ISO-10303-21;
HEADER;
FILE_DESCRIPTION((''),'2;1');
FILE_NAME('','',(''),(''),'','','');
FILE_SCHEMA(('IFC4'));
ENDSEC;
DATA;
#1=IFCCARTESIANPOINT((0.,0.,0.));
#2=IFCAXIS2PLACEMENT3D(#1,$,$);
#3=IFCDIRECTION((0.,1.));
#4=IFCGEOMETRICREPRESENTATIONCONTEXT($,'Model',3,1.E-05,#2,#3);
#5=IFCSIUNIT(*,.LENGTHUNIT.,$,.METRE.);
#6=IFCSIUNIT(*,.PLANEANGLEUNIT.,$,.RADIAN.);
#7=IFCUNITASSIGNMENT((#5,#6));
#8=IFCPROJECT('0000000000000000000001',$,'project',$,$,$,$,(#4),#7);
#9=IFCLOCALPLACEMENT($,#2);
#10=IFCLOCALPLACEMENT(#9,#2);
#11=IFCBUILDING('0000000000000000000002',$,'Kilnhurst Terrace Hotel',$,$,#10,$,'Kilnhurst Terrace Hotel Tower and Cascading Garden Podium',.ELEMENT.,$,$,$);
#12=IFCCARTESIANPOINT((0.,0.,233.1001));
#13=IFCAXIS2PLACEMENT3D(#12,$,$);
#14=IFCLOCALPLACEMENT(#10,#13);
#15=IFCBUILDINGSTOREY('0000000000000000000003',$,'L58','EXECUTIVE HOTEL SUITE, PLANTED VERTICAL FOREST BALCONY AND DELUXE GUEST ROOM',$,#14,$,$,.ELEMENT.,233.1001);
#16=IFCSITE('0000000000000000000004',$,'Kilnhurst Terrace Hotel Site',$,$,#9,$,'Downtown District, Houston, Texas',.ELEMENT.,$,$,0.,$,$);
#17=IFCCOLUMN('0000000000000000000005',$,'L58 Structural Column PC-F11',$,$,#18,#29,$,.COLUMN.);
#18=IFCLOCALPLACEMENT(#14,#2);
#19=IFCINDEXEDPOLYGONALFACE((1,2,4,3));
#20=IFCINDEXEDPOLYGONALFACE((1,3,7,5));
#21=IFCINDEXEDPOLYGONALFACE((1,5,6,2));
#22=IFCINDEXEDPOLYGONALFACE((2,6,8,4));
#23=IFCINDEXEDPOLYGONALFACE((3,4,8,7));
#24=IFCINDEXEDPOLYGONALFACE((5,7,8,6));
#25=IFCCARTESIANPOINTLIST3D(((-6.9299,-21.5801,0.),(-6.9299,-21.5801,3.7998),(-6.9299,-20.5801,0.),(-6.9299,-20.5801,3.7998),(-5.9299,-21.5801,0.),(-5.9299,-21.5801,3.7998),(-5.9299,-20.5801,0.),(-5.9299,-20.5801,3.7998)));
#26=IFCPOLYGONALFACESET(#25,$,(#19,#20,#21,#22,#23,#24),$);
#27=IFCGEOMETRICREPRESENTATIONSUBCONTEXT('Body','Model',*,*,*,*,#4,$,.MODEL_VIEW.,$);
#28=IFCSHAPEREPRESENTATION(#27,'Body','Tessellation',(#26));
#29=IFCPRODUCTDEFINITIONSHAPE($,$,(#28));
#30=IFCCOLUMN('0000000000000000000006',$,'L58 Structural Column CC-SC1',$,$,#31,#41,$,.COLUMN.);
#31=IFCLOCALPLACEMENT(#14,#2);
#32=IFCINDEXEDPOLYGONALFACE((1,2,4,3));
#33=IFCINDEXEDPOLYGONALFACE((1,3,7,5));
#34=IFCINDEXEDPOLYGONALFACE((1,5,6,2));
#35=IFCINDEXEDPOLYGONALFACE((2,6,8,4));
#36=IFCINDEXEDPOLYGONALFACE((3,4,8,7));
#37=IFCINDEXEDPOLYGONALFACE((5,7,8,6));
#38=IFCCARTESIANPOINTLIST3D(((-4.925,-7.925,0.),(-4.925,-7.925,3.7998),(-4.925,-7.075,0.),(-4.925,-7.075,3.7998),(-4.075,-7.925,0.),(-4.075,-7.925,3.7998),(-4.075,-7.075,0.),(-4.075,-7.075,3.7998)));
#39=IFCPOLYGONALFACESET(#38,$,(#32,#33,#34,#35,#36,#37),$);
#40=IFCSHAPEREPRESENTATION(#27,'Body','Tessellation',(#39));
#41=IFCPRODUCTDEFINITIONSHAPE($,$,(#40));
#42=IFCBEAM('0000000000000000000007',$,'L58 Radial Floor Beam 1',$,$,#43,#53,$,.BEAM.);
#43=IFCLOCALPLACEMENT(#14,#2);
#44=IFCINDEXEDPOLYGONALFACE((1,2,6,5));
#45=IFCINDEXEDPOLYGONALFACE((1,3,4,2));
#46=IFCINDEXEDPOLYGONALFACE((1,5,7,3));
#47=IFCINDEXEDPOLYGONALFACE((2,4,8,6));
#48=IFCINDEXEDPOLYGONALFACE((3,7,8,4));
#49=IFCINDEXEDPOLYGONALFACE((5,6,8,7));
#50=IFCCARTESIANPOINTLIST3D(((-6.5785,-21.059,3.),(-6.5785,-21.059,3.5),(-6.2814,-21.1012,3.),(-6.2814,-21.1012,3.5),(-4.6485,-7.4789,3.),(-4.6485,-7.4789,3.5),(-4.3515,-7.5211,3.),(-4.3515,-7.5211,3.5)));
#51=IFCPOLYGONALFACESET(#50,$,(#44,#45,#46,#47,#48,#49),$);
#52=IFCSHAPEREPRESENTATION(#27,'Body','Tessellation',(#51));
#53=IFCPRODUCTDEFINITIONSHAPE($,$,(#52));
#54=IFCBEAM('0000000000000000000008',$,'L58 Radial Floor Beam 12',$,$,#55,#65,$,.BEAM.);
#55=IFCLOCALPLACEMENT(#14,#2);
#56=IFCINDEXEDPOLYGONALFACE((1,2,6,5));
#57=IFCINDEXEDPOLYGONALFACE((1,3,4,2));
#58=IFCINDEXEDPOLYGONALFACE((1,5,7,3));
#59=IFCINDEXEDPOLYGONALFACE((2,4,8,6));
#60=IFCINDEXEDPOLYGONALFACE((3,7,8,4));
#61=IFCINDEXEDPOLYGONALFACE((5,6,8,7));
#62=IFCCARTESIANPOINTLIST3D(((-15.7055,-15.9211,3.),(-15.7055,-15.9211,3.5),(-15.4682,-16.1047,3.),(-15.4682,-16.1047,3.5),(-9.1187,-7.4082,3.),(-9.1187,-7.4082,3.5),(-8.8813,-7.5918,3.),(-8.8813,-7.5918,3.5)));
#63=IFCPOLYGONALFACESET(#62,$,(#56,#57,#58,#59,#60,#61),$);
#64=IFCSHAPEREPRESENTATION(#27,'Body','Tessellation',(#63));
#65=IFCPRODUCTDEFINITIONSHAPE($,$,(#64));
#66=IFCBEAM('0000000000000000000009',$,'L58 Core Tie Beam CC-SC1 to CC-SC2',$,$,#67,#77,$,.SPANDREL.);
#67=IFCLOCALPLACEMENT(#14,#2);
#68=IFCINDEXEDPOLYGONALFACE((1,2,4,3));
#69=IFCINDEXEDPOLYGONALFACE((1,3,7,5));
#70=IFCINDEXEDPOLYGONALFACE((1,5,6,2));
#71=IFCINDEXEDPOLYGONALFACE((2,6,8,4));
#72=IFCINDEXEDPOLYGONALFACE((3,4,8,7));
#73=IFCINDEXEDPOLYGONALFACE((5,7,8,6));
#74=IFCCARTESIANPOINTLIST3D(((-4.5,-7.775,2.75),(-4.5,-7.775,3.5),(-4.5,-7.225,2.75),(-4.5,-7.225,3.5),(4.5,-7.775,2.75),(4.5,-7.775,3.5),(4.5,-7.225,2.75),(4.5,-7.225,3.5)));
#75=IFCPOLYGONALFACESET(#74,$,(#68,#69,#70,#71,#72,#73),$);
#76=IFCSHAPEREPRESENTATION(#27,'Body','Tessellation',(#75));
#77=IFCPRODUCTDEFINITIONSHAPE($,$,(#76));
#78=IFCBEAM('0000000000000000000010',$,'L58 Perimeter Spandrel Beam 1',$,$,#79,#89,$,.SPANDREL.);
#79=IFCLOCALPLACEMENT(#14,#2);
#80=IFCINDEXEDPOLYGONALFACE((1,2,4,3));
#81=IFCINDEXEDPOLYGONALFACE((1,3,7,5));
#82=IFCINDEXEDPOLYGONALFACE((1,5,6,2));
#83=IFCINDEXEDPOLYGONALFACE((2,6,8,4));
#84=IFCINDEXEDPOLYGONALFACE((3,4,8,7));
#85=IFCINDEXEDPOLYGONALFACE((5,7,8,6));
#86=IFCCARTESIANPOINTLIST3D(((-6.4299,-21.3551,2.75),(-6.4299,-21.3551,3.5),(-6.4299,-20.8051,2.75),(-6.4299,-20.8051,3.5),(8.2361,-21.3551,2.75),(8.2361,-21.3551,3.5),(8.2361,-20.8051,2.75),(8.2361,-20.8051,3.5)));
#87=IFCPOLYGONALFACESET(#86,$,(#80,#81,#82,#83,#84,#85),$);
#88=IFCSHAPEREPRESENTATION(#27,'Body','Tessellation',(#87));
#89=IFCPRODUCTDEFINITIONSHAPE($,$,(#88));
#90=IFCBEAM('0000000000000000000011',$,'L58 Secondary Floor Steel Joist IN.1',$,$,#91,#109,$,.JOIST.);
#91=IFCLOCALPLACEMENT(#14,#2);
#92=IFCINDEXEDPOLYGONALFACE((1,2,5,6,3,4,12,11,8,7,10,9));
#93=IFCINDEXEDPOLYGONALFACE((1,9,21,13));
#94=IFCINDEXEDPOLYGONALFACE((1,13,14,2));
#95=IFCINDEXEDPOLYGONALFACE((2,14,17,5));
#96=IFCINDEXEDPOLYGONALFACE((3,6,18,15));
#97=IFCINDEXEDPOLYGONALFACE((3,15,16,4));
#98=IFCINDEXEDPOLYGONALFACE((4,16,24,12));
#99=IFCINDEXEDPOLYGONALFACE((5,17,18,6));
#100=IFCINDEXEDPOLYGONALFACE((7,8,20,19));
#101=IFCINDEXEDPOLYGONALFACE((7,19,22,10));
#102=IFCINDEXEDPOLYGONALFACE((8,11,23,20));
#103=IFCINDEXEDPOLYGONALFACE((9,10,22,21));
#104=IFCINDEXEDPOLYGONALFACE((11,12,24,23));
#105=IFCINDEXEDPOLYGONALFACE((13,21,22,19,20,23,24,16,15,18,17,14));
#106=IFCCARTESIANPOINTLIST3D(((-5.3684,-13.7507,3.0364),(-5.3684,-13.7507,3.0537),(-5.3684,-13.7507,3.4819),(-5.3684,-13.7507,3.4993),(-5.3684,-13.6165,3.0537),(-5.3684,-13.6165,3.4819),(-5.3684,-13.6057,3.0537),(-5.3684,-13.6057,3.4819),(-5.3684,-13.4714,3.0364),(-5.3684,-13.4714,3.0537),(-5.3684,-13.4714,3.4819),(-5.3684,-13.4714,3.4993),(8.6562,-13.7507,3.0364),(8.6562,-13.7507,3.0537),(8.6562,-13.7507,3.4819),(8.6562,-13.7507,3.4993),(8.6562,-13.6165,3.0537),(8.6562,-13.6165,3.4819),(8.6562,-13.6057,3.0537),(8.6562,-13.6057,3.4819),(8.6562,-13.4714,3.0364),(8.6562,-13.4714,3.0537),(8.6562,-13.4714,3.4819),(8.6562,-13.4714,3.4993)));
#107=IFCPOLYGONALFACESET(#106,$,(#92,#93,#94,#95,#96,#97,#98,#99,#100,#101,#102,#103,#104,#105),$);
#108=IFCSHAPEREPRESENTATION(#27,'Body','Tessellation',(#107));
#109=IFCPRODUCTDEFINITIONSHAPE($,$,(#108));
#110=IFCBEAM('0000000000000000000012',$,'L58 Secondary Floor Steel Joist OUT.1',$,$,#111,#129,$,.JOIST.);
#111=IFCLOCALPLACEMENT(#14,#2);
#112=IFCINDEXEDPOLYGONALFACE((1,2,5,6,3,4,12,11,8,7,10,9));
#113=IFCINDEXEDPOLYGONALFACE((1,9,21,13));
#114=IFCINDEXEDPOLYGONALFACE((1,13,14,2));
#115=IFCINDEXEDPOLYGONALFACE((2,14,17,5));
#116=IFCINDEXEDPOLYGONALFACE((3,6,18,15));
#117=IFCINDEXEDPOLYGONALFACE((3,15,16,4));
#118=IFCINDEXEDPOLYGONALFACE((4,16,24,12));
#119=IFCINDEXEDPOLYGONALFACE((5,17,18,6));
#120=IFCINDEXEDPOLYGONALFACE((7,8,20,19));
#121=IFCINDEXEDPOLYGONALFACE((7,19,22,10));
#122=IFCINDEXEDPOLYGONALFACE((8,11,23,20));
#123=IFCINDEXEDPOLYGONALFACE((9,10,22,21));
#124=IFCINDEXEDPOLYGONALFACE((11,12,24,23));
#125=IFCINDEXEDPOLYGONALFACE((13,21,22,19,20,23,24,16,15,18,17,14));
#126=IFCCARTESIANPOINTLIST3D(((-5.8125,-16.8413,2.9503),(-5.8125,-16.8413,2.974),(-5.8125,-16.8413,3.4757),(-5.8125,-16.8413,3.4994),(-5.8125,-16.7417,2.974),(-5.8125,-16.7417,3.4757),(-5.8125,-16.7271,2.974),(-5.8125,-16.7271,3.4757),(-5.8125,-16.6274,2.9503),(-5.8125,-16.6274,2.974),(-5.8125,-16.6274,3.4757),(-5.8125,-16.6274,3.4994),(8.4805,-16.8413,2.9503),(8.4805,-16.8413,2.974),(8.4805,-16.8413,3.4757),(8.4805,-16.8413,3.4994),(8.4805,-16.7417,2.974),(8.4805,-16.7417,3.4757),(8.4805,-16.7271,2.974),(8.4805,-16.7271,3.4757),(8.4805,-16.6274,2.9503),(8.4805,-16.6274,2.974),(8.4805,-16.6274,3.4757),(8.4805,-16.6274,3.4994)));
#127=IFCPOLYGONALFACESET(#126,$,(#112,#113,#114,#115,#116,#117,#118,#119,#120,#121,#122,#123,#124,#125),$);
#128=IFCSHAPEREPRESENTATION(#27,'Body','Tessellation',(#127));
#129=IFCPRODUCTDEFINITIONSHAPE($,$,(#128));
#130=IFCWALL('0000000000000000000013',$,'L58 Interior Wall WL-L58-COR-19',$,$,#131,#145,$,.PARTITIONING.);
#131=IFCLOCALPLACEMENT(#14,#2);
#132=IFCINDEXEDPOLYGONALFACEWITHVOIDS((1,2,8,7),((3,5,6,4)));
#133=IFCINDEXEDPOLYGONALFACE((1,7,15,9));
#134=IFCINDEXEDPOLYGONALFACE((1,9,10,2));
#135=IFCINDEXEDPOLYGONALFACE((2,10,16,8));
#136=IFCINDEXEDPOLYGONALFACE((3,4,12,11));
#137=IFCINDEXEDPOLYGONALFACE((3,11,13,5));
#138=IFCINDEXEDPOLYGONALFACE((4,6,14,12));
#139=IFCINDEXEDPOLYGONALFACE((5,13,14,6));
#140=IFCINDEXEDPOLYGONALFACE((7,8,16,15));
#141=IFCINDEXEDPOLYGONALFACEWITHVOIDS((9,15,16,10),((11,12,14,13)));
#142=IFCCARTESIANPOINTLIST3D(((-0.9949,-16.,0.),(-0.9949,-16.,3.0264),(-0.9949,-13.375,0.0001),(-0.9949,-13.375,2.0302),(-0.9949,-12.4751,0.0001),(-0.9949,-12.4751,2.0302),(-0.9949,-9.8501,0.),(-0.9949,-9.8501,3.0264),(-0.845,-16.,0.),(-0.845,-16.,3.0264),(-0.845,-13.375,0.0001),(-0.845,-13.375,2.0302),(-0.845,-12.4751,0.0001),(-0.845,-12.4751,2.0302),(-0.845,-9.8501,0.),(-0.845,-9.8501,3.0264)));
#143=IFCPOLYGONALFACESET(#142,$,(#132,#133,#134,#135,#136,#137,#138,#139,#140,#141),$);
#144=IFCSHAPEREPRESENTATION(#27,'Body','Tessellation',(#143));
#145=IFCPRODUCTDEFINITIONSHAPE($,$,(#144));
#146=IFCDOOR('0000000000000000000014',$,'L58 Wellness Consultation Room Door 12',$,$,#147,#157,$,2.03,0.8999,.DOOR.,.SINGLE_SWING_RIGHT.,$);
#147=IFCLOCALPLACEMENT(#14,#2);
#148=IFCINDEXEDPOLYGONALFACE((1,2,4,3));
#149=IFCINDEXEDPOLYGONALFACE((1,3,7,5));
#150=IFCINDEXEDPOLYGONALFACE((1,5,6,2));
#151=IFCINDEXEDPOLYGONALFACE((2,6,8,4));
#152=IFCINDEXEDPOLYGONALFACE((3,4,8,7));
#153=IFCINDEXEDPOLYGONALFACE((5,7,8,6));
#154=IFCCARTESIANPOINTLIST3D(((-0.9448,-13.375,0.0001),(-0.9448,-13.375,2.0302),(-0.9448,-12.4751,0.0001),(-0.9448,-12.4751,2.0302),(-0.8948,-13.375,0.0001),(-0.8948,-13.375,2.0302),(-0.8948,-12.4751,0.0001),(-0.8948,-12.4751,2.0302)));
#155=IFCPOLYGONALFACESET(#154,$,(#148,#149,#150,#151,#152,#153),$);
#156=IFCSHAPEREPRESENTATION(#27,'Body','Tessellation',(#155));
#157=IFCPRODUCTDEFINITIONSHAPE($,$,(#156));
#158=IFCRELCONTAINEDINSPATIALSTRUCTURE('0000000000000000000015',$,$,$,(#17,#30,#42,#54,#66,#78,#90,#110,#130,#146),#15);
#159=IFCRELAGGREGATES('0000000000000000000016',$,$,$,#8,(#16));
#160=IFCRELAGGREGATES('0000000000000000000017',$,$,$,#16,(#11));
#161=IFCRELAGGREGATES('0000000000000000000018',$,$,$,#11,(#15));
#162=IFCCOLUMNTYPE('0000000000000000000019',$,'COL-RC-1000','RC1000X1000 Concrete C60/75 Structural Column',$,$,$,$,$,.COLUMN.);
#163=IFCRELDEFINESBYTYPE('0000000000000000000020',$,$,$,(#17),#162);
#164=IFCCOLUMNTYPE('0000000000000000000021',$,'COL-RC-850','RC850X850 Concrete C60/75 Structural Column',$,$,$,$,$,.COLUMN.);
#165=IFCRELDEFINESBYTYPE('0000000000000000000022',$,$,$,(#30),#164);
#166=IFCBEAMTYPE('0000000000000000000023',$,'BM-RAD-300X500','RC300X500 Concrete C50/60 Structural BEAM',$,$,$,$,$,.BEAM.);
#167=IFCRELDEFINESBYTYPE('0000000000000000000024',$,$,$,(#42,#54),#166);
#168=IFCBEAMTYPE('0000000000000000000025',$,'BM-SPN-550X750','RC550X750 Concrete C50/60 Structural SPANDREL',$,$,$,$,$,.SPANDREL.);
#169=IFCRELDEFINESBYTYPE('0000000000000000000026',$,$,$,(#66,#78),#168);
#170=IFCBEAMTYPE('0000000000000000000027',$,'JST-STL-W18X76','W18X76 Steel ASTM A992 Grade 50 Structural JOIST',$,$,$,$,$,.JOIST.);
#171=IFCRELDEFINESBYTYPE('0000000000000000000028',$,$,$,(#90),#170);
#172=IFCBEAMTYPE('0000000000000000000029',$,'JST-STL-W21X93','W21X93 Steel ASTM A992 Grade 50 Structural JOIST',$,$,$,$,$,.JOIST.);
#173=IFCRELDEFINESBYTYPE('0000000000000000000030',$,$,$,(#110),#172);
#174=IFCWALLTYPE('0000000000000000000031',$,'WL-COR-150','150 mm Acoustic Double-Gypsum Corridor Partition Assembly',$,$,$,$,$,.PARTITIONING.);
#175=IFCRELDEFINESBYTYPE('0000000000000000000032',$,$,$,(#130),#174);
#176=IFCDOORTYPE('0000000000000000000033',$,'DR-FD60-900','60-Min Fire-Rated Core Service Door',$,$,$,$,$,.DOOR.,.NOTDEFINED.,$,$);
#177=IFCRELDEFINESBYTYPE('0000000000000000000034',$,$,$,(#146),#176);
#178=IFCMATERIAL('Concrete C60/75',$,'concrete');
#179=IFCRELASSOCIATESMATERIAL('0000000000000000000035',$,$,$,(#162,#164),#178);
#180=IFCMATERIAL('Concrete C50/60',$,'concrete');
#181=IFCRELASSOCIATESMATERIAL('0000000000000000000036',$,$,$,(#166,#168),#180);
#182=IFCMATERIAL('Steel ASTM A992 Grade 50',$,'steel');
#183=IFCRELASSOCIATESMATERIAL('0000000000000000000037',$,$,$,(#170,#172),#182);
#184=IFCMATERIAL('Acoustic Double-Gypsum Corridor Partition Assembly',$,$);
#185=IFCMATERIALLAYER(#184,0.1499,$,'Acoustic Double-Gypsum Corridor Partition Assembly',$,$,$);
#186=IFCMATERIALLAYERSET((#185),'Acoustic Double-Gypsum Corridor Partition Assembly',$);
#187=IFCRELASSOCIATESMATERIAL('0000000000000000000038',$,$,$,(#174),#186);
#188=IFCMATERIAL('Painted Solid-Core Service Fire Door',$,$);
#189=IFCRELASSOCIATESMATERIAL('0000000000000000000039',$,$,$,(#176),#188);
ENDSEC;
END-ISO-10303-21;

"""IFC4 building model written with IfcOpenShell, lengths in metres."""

from ifc_helpers import new_model, si_unit, direction, frame, frame_2d, origin, origin_2d, place, context, subcontext, project, spatial, rectangle, i_section, extrude, material, layer, layer_set, material_profile, profile_set, type_object, element, fill, save


model = new_model("IFC4")

# Units and contexts
model_context = context("Model", 3, precision=1e-05, world=origin(), true_north=direction((0.0, 1.0)))
body_context = subcontext(model_context, "Body", "Model", "MODEL_VIEW")
ifc_project = project(units=[si_unit("LENGTHUNIT", "METRE"), si_unit("PLANEANGLEUNIT", "RADIAN")], contexts=[model_context])

# Site, building, storey
site_placement = place(None, origin())
site = spatial("IfcSite", under=ifc_project, at=site_placement, Name="Kilnhurst Terrace Hotel Site", LongName="Downtown District, Houston, Texas", CompositionType="ELEMENT", RefElevation=0.0)
building_placement = place(site_placement, origin())
building = spatial("IfcBuilding", under=site, at=building_placement, Name="Kilnhurst Terrace Hotel", LongName="Kilnhurst Terrace Hotel Tower and Cascading Garden Podium", CompositionType="ELEMENT")
storey_placement = place(building_placement, frame((0.0, 0.0, 233.1001)))
storey = spatial("IfcBuildingStorey", under=building, at=storey_placement, Name="L58", Description="EXECUTIVE HOTEL SUITE, PLANTED VERTICAL FOREST BALCONY AND DELUXE GUEST ROOM", CompositionType="ELEMENT", Elevation=233.1001)

# Columns
ifc_material_1 = material(Name="Concrete C60/75", Category="concrete")
ifc_material_profile_1 = material_profile(ifc_material_1, rectangle(XDim=1.0, YDim=1.0, at=origin_2d()), Name="RC1000X1000")
ifc_profile_set_1 = profile_set([ifc_material_profile_1], Name="Concrete C60/75")
column_type_1 = type_object("IfcColumnType", Name="COL-RC-1000", Description="RC1000X1000 Concrete C60/75 Structural Column", PredefinedType="COLUMN", material=ifc_profile_set_1)
column_1_placement = place(storey_placement, frame((-6.4299, -21.0801, 0.0), z_axis=(0.0, 0.0, 1.0), x_axis=(1.0, 0.0, 0.0)))
element("IfcColumn", 1, at=column_1_placement, inside=storey, type_object=column_type_1, Name="L58 Structural Column PC-F11", PredefinedType="COLUMN", context=body_context, shape_type="SweptSolid", body=[
    extrude(rectangle(XDim=1.0, YDim=1.0, at=origin_2d()), origin(), (0.0, 0.0, 1.0), 3.7998),
])
ifc_material_profile_2 = material_profile(ifc_material_1, rectangle(XDim=0.8501, YDim=0.8501, at=origin_2d()), Name="RC850X850")
ifc_profile_set_2 = profile_set([ifc_material_profile_2], Name="Concrete C60/75")
column_type_2 = type_object("IfcColumnType", Name="COL-RC-850", Description="RC850X850 Concrete C60/75 Structural Column", PredefinedType="COLUMN", material=ifc_profile_set_2)
column_2_placement = place(storey_placement, frame((-4.5, -7.5, 0.0), z_axis=(0.0, 0.0, 1.0), x_axis=(1.0, 0.0, 0.0)))
element("IfcColumn", 2, at=column_2_placement, inside=storey, type_object=column_type_2, Name="L58 Structural Column CC-SC1", PredefinedType="COLUMN", context=body_context, shape_type="SweptSolid", body=[
    extrude(rectangle(XDim=0.8501, YDim=0.8501, at=origin_2d()), origin(), (0.0, 0.0, 1.0), 3.7998),
])

# Beams
ifc_material_2 = material(Name="Concrete C50/60", Category="concrete")
ifc_material_profile_3 = material_profile(ifc_material_2, rectangle(XDim=0.3, YDim=0.5, at=origin_2d()), Name="RC300X500")
ifc_profile_set_3 = profile_set([ifc_material_profile_3], Name="Concrete C50/60")
beam_type_1 = type_object("IfcBeamType", Name="BM-RAD-300X500", Description="RC300X500 Concrete C50/60 Structural BEAM", PredefinedType="BEAM", material=ifc_profile_set_3)
beam_1_placement = place(storey_placement, frame((-4.5, -7.5, 3.25), z_axis=(-0.140701, -0.990052, 0.0), x_axis=(0.990052, -0.140701, 0.0)))
element("IfcBeam", 3, at=beam_1_placement, inside=storey, type_object=beam_type_1, Name="L58 Radial Floor Beam 1", PredefinedType="BEAM", context=body_context, shape_type="SweptSolid", body=[
    extrude(rectangle(XDim=0.3, YDim=0.5, at=origin_2d()), origin(), (0.0, 0.0, 1.0), 13.7166),
])
beam_2_placement = place(storey_placement, frame((-9.0, -7.5, 3.25), z_axis=(-0.611955, -0.790892, 0.0), x_axis=(0.790892, -0.611955, 0.0)))
element("IfcBeam", 4, at=beam_2_placement, inside=storey, type_object=beam_type_1, Name="L58 Radial Floor Beam 12", PredefinedType="BEAM", context=body_context, shape_type="SweptSolid", body=[
    extrude(rectangle(XDim=0.3, YDim=0.5, at=origin_2d()), origin(), (0.0, 0.0, 1.0), 10.7637),
])
ifc_material_profile_4 = material_profile(ifc_material_2, rectangle(XDim=0.55, YDim=0.75, at=origin_2d()), Name="RC550X750")
ifc_profile_set_4 = profile_set([ifc_material_profile_4], Name="Concrete C50/60")
beam_type_2 = type_object("IfcBeamType", Name="BM-SPN-550X750", Description="RC550X750 Concrete C50/60 Structural SPANDREL", PredefinedType="SPANDREL", material=ifc_profile_set_4)
beam_3_placement = place(storey_placement, frame((-4.5, -7.5, 3.125), z_axis=(1.0, 0.0, 0.0), x_axis=(0.0, 1.0, 0.0)))
element("IfcBeam", 5, at=beam_3_placement, inside=storey, type_object=beam_type_2, Name="L58 Core Tie Beam CC-SC1 to CC-SC2", PredefinedType="SPANDREL", context=body_context, shape_type="SweptSolid", body=[
    extrude(rectangle(XDim=0.55, YDim=0.75, at=origin_2d()), origin(), (0.0, 0.0, 1.0), 9.0),
])
beam_4_placement = place(storey_placement, frame((-6.4299, -21.0801, 3.125), z_axis=(1.0, 0.0, 0.0), x_axis=(0.0, 1.0, 0.0)))
element("IfcBeam", 6, at=beam_4_placement, inside=storey, type_object=beam_type_2, Name="L58 Perimeter Spandrel Beam 1", PredefinedType="SPANDREL", context=body_context, shape_type="SweptSolid", body=[
    extrude(rectangle(XDim=0.55, YDim=0.75, at=origin_2d()), origin(), (0.0, 0.0, 1.0), 14.666),
])
ifc_material_3 = material(Name="Steel ASTM A992 Grade 50", Category="steel")
ifc_material_profile_5 = material_profile(ifc_material_3, i_section(OverallWidth=0.2793, OverallDepth=0.4629, WebThickness=0.0107, FlangeThickness=0.0173, at=origin_2d()), Name="W18X76")
ifc_profile_set_5 = profile_set([ifc_material_profile_5], Name="Steel ASTM A992 Grade 50")
beam_type_3 = type_object("IfcBeamType", Name="JST-STL-W18X76", Description="W18X76 Steel ASTM A992 Grade 50 Structural JOIST", PredefinedType="JOIST", material=ifc_profile_set_5)
beam_5_placement = place(storey_placement, frame((-5.3684, -13.6111, 3.2678), z_axis=(1.0, 0.0, 0.0), x_axis=(0.0, 1.0, 0.0)))
element("IfcBeam", 7, at=beam_5_placement, inside=storey, type_object=beam_type_3, Name="L58 Secondary Floor Steel Joist IN.1", PredefinedType="JOIST", context=body_context, shape_type="SweptSolid", body=[
    extrude(i_section(OverallWidth=0.2793, OverallDepth=0.4629, WebThickness=0.0107, FlangeThickness=0.0173, at=origin_2d()), origin(), (0.0, 0.0, 1.0), 14.0247),
])
ifc_material_profile_6 = material_profile(ifc_material_3, i_section(OverallWidth=0.2139, OverallDepth=0.5491, WebThickness=0.0146, FlangeThickness=0.0237, at=origin_2d()), Name="W21X93")
ifc_profile_set_6 = profile_set([ifc_material_profile_6], Name="Steel ASTM A992 Grade 50")
beam_type_4 = type_object("IfcBeamType", Name="JST-STL-W21X93", Description="W21X93 Steel ASTM A992 Grade 50 Structural JOIST", PredefinedType="JOIST", material=ifc_profile_set_6)
beam_6_placement = place(storey_placement, frame((-5.8125, -16.7344, 3.2249), z_axis=(1.0, 0.0, 0.0), x_axis=(0.0, 1.0, 0.0)))
element("IfcBeam", 8, at=beam_6_placement, inside=storey, type_object=beam_type_4, Name="L58 Secondary Floor Steel Joist OUT.1", PredefinedType="JOIST", context=body_context, shape_type="SweptSolid", body=[
    extrude(i_section(OverallWidth=0.2139, OverallDepth=0.5491, WebThickness=0.0146, FlangeThickness=0.0237, at=origin_2d()), origin(), (0.0, 0.0, 1.0), 14.293),
])

# Wall, opening, door
ifc_material_4 = material(Name="Acoustic Double-Gypsum Corridor Partition Assembly")
ifc_layer_1 = layer(ifc_material_4, 0.1499, Name="Acoustic Double-Gypsum Corridor Partition Assembly")
ifc_layer_set_1 = layer_set([ifc_layer_1], Name="Acoustic Double-Gypsum Corridor Partition Assembly")
wall_type_1 = type_object("IfcWallType", Name="WL-COR-150", Description="150 mm Acoustic Double-Gypsum Corridor Partition Assembly", PredefinedType="PARTITIONING", material=ifc_layer_set_1)
wall_1_placement = place(storey_placement, frame((-0.9199, -16.0, 0.0), z_axis=(0.0, 0.0, 1.0), x_axis=(0.0, 1.0, 0.0)))
wall_1 = element("IfcWall", 9, at=wall_1_placement, inside=storey, type_object=wall_type_1, Name="L58 Interior Wall WL-L58-COR-19", PredefinedType="PARTITIONING", context=body_context, shape_type="SweptSolid", body=[
    extrude(rectangle(XDim=6.1499, YDim=0.1499, at=frame_2d((3.075, 0.0))), origin(), (0.0, 0.0, 1.0), 3.0264),
])
opening_1_placement = place(wall_1_placement, frame((2.625, 0.0, 0.0)))
opening_1 = element("IfcOpeningElement", 10, at=opening_1_placement, cuts=wall_1, PredefinedType="OPENING", context=body_context, shape_type="SweptSolid", body=[
    extrude(rectangle(XDim=0.8999, YDim=2.03, at=frame_2d((0.45, 1.0151))), frame((0.0, 0.085, 0.0), z_axis=(0.0, -1.0, 0.0), x_axis=(1.0, 0.0, 0.0)), (0.0, 0.0, 1.0), 0.1699),
])
ifc_material_5 = material(Name="Painted Solid-Core Service Fire Door")
door_type_1 = type_object("IfcDoorType", Name="DR-FD60-900", Description="60-Min Fire-Rated Core Service Door", OperationType="NOTDEFINED", PredefinedType="DOOR", material=ifc_material_5)
door_1_placement = place(opening_1_placement, origin())
door_1 = element("IfcDoor", 11, at=door_1_placement, inside=storey, type_object=door_type_1, Name="L58 Wellness Consultation Room Door 12", OperationType="SINGLE_SWING_RIGHT", OverallHeight=2.03, OverallWidth=0.8999, PredefinedType="DOOR", context=body_context, shape_type="SweptSolid", body=[
    extrude(rectangle(XDim=0.8999, YDim=2.03, at=frame_2d((0.45, 1.0151))), frame((0.0, 0.0249, 0.0), z_axis=(0.0, -1.0, 0.0), x_axis=(1.0, 0.0, 0.0)), (0.0, 0.0, 1.0), 0.05),
])
fill(opening_1, door_1)

save(model, "model.ifc")
